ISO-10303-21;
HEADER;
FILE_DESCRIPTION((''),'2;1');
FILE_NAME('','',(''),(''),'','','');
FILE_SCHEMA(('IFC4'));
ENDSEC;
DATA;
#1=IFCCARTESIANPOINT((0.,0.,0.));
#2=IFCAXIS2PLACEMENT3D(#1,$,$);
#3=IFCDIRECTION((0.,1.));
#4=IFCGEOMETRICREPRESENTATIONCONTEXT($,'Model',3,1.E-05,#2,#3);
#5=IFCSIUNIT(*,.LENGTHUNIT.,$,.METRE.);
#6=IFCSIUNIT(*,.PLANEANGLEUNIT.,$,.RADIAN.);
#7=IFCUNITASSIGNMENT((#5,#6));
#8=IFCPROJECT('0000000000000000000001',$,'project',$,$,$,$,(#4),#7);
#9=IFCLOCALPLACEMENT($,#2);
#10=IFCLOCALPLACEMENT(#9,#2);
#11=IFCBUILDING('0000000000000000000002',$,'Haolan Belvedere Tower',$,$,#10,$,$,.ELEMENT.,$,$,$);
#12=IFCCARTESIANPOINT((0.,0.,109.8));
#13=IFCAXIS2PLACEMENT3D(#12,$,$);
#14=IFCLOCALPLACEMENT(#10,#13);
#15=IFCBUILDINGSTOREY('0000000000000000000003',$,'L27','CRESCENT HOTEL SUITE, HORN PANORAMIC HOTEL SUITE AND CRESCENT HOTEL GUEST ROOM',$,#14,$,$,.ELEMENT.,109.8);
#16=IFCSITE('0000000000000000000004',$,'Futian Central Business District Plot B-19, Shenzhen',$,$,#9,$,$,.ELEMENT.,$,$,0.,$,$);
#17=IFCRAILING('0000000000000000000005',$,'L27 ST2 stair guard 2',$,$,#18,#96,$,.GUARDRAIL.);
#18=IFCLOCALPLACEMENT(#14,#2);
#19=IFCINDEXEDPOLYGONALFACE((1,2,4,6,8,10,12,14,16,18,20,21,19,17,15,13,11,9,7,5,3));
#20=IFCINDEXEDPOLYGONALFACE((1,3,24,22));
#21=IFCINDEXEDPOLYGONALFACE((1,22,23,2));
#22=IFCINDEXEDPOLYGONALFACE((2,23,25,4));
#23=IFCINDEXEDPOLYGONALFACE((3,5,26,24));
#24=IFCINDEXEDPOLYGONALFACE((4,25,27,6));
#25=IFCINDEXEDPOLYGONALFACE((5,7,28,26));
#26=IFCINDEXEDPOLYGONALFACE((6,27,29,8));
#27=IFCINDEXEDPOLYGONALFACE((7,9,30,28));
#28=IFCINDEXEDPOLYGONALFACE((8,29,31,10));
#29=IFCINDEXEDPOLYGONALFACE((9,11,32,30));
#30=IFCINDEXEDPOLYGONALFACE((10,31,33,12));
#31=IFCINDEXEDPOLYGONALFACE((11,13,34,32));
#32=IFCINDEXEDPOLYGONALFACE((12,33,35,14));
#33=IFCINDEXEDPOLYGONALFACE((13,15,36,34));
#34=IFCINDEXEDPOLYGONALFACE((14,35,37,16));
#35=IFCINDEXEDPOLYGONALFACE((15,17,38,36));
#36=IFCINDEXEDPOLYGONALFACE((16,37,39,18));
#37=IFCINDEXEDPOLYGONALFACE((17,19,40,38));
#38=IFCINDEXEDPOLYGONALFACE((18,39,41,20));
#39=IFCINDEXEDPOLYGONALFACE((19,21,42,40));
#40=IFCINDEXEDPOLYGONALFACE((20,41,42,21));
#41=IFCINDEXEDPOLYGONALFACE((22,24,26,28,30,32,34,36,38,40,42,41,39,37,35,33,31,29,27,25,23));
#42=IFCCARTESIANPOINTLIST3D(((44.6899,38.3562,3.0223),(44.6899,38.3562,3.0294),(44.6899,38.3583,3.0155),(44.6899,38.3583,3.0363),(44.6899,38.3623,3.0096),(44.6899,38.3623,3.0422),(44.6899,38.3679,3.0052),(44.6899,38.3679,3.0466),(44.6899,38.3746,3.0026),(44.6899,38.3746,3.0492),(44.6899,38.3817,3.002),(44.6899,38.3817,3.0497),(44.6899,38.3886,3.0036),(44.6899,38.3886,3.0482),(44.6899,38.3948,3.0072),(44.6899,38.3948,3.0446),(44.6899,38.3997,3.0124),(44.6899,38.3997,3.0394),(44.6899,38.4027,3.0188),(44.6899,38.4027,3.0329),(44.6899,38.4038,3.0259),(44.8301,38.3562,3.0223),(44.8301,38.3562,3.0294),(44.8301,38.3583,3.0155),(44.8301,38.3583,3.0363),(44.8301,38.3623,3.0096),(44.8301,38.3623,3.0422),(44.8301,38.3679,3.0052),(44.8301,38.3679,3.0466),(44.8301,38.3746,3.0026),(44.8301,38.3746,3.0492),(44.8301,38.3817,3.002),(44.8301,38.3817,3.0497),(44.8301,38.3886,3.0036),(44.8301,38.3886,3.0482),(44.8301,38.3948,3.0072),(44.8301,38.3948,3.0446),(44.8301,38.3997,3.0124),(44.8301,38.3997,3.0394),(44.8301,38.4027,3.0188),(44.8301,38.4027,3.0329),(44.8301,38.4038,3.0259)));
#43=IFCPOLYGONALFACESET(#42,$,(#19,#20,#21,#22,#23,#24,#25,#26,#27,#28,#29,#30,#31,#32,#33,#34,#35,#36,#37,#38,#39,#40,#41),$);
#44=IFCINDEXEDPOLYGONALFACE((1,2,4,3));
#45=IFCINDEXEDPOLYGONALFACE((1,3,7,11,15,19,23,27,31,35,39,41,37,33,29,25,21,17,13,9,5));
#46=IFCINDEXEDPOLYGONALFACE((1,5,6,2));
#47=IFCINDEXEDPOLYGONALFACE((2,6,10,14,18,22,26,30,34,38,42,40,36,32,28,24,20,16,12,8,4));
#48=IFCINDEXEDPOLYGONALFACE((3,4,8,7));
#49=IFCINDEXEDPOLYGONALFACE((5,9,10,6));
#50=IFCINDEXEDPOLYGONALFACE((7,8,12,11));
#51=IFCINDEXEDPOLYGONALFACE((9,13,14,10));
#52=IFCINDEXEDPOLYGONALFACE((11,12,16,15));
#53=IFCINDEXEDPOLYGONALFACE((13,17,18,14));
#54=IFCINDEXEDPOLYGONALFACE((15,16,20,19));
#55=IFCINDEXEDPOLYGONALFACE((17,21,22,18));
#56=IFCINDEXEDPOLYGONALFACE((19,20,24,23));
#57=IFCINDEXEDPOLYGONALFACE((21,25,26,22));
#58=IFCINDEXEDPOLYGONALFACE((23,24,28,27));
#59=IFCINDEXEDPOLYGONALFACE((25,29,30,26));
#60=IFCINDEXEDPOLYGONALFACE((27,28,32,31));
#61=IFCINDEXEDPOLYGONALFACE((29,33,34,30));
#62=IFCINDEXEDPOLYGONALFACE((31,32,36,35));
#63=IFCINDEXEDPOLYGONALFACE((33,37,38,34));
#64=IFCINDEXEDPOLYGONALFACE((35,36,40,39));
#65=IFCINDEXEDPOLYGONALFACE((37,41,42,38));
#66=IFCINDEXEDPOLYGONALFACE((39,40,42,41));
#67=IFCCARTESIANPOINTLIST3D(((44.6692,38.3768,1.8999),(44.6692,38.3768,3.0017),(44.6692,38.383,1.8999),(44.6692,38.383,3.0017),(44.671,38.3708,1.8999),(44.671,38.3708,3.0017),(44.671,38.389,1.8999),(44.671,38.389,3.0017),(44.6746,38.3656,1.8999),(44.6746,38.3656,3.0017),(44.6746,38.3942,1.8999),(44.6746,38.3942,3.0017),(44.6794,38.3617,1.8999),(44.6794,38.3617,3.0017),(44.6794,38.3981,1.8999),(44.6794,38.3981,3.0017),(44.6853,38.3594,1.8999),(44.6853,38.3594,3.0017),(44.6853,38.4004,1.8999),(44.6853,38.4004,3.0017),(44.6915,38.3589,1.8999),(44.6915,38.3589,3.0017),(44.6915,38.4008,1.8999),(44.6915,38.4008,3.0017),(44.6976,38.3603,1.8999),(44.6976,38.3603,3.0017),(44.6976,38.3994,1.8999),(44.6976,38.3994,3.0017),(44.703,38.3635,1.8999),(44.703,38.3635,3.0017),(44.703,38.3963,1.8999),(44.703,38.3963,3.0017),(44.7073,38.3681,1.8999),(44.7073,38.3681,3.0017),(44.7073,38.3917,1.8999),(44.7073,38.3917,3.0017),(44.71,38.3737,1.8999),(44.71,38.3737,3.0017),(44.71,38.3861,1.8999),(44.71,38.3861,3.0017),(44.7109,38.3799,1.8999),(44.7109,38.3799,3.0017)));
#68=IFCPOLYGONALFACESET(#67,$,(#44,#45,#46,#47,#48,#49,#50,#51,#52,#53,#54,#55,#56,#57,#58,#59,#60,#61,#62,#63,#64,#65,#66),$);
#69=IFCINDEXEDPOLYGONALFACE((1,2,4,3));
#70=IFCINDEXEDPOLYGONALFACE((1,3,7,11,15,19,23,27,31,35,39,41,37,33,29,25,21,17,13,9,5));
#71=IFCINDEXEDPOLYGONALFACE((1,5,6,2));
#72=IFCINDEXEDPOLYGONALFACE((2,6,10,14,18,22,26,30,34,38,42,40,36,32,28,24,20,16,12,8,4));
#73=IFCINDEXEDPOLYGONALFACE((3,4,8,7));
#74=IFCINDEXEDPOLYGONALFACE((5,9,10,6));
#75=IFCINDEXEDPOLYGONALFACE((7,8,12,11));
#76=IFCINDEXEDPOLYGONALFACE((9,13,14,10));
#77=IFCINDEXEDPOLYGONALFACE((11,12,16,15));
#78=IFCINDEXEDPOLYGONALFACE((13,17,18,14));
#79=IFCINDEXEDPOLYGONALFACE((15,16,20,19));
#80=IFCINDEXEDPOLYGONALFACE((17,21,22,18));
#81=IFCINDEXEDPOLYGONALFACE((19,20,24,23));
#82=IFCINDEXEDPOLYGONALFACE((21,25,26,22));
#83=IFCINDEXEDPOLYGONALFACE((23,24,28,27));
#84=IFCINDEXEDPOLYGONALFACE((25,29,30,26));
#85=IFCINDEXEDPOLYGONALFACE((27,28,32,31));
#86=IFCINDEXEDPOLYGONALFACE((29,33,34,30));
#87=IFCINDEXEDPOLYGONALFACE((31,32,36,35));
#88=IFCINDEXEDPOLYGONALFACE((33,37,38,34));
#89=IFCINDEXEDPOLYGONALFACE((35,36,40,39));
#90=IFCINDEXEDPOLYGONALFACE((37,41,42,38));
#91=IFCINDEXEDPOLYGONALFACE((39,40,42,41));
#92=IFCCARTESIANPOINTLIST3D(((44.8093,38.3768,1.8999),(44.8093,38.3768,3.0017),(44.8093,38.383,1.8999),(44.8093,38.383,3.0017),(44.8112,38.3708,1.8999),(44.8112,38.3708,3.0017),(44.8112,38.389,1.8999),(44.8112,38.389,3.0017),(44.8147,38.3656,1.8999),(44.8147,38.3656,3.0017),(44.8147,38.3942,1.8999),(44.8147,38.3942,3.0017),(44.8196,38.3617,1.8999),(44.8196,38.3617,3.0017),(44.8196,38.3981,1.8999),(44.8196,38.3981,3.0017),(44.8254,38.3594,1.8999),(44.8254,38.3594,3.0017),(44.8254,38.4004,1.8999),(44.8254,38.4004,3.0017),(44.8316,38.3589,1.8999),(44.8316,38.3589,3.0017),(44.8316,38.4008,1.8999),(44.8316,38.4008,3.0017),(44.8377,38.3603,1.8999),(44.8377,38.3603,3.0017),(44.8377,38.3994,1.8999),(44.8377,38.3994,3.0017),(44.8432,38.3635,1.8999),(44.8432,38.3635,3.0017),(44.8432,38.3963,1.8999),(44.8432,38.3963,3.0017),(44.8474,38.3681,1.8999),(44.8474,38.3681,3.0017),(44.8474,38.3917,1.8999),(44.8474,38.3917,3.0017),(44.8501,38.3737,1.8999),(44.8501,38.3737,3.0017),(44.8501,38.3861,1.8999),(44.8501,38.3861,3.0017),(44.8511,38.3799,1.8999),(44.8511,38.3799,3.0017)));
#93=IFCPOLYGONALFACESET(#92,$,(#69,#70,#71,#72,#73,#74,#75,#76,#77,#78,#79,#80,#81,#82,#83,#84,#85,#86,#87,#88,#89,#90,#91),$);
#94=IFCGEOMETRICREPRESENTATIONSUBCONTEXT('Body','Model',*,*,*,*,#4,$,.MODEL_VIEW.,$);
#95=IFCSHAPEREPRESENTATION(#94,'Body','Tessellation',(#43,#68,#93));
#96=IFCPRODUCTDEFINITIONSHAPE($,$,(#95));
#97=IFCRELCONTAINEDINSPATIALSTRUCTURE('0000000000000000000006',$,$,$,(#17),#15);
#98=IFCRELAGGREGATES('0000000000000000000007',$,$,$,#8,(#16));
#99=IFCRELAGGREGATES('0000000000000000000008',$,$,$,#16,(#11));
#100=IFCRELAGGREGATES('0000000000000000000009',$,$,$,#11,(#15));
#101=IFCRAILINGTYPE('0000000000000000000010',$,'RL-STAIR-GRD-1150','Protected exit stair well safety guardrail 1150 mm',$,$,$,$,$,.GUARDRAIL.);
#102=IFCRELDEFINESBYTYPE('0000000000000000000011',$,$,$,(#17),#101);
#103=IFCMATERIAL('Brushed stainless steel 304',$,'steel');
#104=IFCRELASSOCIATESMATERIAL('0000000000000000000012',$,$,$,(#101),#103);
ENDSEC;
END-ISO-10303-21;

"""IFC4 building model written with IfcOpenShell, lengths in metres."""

from ifc_helpers import new_model, si_unit, direction, frame, origin, origin_2d, place, context, subcontext, project, spatial, circle, extrude, material, type_object, element, save


model = new_model("IFC4")

# Units and contexts
model_context = context("Model", 3, precision=1e-05, world=origin(), true_north=direction((0.0, 1.0)))
body_context = subcontext(model_context, "Body", "Model", "MODEL_VIEW")
ifc_project = project(units=[si_unit("LENGTHUNIT", "METRE"), si_unit("PLANEANGLEUNIT", "RADIAN")], contexts=[model_context])

# Site, building, storey
site_placement = place(None, origin())
site = spatial("IfcSite", under=ifc_project, at=site_placement, Name="Futian Central Business District Plot B-19, Shenzhen", CompositionType="ELEMENT", RefElevation=0.0)
building_placement = place(site_placement, origin())
building = spatial("IfcBuilding", under=site, at=building_placement, Name="Haolan Belvedere Tower", CompositionType="ELEMENT")
storey_placement = place(building_placement, frame((0.0, 0.0, 109.8)))
storey = spatial("IfcBuildingStorey", under=building, at=storey_placement, Name="L27", Description="CRESCENT HOTEL SUITE, HORN PANORAMIC HOTEL SUITE AND CRESCENT HOTEL GUEST ROOM", CompositionType="ELEMENT", Elevation=109.8)

# Railing
ifc_material_1 = material(Name="Brushed stainless steel 304", Category="steel")
railing_type_1 = type_object("IfcRailingType", Name="RL-STAIR-GRD-1150", Description="Protected exit stair well safety guardrail 1150 mm", PredefinedType="GUARDRAIL", material=ifc_material_1)
railing_1_placement = place(storey_placement, frame((44.6899, 38.3799, 1.8999)))
element("IfcRailing", 1, at=railing_1_placement, inside=storey, type_object=railing_type_1, Name="L27 ST2 stair guard 2", PredefinedType="GUARDRAIL", context=body_context, shape_type="SweptSolid", body=[
    extrude(circle(Radius=0.0239, at=origin_2d()), frame((0.0, 0.0, 1.126), z_axis=(1.0, 0.0, 0.0), x_axis=(0.0, 1.0, 0.0)), (0.0, 0.0, 1.0), 0.1401),
    extrude(circle(Radius=0.021, at=origin_2d()), origin(), (0.0, 0.0, 1.0), 1.1018),
    extrude(circle(Radius=0.021, at=origin_2d()), frame((0.1401, 0.0, 0.0)), (0.0, 0.0, 1.0), 1.1018),
])

save(model, "model.ifc")
